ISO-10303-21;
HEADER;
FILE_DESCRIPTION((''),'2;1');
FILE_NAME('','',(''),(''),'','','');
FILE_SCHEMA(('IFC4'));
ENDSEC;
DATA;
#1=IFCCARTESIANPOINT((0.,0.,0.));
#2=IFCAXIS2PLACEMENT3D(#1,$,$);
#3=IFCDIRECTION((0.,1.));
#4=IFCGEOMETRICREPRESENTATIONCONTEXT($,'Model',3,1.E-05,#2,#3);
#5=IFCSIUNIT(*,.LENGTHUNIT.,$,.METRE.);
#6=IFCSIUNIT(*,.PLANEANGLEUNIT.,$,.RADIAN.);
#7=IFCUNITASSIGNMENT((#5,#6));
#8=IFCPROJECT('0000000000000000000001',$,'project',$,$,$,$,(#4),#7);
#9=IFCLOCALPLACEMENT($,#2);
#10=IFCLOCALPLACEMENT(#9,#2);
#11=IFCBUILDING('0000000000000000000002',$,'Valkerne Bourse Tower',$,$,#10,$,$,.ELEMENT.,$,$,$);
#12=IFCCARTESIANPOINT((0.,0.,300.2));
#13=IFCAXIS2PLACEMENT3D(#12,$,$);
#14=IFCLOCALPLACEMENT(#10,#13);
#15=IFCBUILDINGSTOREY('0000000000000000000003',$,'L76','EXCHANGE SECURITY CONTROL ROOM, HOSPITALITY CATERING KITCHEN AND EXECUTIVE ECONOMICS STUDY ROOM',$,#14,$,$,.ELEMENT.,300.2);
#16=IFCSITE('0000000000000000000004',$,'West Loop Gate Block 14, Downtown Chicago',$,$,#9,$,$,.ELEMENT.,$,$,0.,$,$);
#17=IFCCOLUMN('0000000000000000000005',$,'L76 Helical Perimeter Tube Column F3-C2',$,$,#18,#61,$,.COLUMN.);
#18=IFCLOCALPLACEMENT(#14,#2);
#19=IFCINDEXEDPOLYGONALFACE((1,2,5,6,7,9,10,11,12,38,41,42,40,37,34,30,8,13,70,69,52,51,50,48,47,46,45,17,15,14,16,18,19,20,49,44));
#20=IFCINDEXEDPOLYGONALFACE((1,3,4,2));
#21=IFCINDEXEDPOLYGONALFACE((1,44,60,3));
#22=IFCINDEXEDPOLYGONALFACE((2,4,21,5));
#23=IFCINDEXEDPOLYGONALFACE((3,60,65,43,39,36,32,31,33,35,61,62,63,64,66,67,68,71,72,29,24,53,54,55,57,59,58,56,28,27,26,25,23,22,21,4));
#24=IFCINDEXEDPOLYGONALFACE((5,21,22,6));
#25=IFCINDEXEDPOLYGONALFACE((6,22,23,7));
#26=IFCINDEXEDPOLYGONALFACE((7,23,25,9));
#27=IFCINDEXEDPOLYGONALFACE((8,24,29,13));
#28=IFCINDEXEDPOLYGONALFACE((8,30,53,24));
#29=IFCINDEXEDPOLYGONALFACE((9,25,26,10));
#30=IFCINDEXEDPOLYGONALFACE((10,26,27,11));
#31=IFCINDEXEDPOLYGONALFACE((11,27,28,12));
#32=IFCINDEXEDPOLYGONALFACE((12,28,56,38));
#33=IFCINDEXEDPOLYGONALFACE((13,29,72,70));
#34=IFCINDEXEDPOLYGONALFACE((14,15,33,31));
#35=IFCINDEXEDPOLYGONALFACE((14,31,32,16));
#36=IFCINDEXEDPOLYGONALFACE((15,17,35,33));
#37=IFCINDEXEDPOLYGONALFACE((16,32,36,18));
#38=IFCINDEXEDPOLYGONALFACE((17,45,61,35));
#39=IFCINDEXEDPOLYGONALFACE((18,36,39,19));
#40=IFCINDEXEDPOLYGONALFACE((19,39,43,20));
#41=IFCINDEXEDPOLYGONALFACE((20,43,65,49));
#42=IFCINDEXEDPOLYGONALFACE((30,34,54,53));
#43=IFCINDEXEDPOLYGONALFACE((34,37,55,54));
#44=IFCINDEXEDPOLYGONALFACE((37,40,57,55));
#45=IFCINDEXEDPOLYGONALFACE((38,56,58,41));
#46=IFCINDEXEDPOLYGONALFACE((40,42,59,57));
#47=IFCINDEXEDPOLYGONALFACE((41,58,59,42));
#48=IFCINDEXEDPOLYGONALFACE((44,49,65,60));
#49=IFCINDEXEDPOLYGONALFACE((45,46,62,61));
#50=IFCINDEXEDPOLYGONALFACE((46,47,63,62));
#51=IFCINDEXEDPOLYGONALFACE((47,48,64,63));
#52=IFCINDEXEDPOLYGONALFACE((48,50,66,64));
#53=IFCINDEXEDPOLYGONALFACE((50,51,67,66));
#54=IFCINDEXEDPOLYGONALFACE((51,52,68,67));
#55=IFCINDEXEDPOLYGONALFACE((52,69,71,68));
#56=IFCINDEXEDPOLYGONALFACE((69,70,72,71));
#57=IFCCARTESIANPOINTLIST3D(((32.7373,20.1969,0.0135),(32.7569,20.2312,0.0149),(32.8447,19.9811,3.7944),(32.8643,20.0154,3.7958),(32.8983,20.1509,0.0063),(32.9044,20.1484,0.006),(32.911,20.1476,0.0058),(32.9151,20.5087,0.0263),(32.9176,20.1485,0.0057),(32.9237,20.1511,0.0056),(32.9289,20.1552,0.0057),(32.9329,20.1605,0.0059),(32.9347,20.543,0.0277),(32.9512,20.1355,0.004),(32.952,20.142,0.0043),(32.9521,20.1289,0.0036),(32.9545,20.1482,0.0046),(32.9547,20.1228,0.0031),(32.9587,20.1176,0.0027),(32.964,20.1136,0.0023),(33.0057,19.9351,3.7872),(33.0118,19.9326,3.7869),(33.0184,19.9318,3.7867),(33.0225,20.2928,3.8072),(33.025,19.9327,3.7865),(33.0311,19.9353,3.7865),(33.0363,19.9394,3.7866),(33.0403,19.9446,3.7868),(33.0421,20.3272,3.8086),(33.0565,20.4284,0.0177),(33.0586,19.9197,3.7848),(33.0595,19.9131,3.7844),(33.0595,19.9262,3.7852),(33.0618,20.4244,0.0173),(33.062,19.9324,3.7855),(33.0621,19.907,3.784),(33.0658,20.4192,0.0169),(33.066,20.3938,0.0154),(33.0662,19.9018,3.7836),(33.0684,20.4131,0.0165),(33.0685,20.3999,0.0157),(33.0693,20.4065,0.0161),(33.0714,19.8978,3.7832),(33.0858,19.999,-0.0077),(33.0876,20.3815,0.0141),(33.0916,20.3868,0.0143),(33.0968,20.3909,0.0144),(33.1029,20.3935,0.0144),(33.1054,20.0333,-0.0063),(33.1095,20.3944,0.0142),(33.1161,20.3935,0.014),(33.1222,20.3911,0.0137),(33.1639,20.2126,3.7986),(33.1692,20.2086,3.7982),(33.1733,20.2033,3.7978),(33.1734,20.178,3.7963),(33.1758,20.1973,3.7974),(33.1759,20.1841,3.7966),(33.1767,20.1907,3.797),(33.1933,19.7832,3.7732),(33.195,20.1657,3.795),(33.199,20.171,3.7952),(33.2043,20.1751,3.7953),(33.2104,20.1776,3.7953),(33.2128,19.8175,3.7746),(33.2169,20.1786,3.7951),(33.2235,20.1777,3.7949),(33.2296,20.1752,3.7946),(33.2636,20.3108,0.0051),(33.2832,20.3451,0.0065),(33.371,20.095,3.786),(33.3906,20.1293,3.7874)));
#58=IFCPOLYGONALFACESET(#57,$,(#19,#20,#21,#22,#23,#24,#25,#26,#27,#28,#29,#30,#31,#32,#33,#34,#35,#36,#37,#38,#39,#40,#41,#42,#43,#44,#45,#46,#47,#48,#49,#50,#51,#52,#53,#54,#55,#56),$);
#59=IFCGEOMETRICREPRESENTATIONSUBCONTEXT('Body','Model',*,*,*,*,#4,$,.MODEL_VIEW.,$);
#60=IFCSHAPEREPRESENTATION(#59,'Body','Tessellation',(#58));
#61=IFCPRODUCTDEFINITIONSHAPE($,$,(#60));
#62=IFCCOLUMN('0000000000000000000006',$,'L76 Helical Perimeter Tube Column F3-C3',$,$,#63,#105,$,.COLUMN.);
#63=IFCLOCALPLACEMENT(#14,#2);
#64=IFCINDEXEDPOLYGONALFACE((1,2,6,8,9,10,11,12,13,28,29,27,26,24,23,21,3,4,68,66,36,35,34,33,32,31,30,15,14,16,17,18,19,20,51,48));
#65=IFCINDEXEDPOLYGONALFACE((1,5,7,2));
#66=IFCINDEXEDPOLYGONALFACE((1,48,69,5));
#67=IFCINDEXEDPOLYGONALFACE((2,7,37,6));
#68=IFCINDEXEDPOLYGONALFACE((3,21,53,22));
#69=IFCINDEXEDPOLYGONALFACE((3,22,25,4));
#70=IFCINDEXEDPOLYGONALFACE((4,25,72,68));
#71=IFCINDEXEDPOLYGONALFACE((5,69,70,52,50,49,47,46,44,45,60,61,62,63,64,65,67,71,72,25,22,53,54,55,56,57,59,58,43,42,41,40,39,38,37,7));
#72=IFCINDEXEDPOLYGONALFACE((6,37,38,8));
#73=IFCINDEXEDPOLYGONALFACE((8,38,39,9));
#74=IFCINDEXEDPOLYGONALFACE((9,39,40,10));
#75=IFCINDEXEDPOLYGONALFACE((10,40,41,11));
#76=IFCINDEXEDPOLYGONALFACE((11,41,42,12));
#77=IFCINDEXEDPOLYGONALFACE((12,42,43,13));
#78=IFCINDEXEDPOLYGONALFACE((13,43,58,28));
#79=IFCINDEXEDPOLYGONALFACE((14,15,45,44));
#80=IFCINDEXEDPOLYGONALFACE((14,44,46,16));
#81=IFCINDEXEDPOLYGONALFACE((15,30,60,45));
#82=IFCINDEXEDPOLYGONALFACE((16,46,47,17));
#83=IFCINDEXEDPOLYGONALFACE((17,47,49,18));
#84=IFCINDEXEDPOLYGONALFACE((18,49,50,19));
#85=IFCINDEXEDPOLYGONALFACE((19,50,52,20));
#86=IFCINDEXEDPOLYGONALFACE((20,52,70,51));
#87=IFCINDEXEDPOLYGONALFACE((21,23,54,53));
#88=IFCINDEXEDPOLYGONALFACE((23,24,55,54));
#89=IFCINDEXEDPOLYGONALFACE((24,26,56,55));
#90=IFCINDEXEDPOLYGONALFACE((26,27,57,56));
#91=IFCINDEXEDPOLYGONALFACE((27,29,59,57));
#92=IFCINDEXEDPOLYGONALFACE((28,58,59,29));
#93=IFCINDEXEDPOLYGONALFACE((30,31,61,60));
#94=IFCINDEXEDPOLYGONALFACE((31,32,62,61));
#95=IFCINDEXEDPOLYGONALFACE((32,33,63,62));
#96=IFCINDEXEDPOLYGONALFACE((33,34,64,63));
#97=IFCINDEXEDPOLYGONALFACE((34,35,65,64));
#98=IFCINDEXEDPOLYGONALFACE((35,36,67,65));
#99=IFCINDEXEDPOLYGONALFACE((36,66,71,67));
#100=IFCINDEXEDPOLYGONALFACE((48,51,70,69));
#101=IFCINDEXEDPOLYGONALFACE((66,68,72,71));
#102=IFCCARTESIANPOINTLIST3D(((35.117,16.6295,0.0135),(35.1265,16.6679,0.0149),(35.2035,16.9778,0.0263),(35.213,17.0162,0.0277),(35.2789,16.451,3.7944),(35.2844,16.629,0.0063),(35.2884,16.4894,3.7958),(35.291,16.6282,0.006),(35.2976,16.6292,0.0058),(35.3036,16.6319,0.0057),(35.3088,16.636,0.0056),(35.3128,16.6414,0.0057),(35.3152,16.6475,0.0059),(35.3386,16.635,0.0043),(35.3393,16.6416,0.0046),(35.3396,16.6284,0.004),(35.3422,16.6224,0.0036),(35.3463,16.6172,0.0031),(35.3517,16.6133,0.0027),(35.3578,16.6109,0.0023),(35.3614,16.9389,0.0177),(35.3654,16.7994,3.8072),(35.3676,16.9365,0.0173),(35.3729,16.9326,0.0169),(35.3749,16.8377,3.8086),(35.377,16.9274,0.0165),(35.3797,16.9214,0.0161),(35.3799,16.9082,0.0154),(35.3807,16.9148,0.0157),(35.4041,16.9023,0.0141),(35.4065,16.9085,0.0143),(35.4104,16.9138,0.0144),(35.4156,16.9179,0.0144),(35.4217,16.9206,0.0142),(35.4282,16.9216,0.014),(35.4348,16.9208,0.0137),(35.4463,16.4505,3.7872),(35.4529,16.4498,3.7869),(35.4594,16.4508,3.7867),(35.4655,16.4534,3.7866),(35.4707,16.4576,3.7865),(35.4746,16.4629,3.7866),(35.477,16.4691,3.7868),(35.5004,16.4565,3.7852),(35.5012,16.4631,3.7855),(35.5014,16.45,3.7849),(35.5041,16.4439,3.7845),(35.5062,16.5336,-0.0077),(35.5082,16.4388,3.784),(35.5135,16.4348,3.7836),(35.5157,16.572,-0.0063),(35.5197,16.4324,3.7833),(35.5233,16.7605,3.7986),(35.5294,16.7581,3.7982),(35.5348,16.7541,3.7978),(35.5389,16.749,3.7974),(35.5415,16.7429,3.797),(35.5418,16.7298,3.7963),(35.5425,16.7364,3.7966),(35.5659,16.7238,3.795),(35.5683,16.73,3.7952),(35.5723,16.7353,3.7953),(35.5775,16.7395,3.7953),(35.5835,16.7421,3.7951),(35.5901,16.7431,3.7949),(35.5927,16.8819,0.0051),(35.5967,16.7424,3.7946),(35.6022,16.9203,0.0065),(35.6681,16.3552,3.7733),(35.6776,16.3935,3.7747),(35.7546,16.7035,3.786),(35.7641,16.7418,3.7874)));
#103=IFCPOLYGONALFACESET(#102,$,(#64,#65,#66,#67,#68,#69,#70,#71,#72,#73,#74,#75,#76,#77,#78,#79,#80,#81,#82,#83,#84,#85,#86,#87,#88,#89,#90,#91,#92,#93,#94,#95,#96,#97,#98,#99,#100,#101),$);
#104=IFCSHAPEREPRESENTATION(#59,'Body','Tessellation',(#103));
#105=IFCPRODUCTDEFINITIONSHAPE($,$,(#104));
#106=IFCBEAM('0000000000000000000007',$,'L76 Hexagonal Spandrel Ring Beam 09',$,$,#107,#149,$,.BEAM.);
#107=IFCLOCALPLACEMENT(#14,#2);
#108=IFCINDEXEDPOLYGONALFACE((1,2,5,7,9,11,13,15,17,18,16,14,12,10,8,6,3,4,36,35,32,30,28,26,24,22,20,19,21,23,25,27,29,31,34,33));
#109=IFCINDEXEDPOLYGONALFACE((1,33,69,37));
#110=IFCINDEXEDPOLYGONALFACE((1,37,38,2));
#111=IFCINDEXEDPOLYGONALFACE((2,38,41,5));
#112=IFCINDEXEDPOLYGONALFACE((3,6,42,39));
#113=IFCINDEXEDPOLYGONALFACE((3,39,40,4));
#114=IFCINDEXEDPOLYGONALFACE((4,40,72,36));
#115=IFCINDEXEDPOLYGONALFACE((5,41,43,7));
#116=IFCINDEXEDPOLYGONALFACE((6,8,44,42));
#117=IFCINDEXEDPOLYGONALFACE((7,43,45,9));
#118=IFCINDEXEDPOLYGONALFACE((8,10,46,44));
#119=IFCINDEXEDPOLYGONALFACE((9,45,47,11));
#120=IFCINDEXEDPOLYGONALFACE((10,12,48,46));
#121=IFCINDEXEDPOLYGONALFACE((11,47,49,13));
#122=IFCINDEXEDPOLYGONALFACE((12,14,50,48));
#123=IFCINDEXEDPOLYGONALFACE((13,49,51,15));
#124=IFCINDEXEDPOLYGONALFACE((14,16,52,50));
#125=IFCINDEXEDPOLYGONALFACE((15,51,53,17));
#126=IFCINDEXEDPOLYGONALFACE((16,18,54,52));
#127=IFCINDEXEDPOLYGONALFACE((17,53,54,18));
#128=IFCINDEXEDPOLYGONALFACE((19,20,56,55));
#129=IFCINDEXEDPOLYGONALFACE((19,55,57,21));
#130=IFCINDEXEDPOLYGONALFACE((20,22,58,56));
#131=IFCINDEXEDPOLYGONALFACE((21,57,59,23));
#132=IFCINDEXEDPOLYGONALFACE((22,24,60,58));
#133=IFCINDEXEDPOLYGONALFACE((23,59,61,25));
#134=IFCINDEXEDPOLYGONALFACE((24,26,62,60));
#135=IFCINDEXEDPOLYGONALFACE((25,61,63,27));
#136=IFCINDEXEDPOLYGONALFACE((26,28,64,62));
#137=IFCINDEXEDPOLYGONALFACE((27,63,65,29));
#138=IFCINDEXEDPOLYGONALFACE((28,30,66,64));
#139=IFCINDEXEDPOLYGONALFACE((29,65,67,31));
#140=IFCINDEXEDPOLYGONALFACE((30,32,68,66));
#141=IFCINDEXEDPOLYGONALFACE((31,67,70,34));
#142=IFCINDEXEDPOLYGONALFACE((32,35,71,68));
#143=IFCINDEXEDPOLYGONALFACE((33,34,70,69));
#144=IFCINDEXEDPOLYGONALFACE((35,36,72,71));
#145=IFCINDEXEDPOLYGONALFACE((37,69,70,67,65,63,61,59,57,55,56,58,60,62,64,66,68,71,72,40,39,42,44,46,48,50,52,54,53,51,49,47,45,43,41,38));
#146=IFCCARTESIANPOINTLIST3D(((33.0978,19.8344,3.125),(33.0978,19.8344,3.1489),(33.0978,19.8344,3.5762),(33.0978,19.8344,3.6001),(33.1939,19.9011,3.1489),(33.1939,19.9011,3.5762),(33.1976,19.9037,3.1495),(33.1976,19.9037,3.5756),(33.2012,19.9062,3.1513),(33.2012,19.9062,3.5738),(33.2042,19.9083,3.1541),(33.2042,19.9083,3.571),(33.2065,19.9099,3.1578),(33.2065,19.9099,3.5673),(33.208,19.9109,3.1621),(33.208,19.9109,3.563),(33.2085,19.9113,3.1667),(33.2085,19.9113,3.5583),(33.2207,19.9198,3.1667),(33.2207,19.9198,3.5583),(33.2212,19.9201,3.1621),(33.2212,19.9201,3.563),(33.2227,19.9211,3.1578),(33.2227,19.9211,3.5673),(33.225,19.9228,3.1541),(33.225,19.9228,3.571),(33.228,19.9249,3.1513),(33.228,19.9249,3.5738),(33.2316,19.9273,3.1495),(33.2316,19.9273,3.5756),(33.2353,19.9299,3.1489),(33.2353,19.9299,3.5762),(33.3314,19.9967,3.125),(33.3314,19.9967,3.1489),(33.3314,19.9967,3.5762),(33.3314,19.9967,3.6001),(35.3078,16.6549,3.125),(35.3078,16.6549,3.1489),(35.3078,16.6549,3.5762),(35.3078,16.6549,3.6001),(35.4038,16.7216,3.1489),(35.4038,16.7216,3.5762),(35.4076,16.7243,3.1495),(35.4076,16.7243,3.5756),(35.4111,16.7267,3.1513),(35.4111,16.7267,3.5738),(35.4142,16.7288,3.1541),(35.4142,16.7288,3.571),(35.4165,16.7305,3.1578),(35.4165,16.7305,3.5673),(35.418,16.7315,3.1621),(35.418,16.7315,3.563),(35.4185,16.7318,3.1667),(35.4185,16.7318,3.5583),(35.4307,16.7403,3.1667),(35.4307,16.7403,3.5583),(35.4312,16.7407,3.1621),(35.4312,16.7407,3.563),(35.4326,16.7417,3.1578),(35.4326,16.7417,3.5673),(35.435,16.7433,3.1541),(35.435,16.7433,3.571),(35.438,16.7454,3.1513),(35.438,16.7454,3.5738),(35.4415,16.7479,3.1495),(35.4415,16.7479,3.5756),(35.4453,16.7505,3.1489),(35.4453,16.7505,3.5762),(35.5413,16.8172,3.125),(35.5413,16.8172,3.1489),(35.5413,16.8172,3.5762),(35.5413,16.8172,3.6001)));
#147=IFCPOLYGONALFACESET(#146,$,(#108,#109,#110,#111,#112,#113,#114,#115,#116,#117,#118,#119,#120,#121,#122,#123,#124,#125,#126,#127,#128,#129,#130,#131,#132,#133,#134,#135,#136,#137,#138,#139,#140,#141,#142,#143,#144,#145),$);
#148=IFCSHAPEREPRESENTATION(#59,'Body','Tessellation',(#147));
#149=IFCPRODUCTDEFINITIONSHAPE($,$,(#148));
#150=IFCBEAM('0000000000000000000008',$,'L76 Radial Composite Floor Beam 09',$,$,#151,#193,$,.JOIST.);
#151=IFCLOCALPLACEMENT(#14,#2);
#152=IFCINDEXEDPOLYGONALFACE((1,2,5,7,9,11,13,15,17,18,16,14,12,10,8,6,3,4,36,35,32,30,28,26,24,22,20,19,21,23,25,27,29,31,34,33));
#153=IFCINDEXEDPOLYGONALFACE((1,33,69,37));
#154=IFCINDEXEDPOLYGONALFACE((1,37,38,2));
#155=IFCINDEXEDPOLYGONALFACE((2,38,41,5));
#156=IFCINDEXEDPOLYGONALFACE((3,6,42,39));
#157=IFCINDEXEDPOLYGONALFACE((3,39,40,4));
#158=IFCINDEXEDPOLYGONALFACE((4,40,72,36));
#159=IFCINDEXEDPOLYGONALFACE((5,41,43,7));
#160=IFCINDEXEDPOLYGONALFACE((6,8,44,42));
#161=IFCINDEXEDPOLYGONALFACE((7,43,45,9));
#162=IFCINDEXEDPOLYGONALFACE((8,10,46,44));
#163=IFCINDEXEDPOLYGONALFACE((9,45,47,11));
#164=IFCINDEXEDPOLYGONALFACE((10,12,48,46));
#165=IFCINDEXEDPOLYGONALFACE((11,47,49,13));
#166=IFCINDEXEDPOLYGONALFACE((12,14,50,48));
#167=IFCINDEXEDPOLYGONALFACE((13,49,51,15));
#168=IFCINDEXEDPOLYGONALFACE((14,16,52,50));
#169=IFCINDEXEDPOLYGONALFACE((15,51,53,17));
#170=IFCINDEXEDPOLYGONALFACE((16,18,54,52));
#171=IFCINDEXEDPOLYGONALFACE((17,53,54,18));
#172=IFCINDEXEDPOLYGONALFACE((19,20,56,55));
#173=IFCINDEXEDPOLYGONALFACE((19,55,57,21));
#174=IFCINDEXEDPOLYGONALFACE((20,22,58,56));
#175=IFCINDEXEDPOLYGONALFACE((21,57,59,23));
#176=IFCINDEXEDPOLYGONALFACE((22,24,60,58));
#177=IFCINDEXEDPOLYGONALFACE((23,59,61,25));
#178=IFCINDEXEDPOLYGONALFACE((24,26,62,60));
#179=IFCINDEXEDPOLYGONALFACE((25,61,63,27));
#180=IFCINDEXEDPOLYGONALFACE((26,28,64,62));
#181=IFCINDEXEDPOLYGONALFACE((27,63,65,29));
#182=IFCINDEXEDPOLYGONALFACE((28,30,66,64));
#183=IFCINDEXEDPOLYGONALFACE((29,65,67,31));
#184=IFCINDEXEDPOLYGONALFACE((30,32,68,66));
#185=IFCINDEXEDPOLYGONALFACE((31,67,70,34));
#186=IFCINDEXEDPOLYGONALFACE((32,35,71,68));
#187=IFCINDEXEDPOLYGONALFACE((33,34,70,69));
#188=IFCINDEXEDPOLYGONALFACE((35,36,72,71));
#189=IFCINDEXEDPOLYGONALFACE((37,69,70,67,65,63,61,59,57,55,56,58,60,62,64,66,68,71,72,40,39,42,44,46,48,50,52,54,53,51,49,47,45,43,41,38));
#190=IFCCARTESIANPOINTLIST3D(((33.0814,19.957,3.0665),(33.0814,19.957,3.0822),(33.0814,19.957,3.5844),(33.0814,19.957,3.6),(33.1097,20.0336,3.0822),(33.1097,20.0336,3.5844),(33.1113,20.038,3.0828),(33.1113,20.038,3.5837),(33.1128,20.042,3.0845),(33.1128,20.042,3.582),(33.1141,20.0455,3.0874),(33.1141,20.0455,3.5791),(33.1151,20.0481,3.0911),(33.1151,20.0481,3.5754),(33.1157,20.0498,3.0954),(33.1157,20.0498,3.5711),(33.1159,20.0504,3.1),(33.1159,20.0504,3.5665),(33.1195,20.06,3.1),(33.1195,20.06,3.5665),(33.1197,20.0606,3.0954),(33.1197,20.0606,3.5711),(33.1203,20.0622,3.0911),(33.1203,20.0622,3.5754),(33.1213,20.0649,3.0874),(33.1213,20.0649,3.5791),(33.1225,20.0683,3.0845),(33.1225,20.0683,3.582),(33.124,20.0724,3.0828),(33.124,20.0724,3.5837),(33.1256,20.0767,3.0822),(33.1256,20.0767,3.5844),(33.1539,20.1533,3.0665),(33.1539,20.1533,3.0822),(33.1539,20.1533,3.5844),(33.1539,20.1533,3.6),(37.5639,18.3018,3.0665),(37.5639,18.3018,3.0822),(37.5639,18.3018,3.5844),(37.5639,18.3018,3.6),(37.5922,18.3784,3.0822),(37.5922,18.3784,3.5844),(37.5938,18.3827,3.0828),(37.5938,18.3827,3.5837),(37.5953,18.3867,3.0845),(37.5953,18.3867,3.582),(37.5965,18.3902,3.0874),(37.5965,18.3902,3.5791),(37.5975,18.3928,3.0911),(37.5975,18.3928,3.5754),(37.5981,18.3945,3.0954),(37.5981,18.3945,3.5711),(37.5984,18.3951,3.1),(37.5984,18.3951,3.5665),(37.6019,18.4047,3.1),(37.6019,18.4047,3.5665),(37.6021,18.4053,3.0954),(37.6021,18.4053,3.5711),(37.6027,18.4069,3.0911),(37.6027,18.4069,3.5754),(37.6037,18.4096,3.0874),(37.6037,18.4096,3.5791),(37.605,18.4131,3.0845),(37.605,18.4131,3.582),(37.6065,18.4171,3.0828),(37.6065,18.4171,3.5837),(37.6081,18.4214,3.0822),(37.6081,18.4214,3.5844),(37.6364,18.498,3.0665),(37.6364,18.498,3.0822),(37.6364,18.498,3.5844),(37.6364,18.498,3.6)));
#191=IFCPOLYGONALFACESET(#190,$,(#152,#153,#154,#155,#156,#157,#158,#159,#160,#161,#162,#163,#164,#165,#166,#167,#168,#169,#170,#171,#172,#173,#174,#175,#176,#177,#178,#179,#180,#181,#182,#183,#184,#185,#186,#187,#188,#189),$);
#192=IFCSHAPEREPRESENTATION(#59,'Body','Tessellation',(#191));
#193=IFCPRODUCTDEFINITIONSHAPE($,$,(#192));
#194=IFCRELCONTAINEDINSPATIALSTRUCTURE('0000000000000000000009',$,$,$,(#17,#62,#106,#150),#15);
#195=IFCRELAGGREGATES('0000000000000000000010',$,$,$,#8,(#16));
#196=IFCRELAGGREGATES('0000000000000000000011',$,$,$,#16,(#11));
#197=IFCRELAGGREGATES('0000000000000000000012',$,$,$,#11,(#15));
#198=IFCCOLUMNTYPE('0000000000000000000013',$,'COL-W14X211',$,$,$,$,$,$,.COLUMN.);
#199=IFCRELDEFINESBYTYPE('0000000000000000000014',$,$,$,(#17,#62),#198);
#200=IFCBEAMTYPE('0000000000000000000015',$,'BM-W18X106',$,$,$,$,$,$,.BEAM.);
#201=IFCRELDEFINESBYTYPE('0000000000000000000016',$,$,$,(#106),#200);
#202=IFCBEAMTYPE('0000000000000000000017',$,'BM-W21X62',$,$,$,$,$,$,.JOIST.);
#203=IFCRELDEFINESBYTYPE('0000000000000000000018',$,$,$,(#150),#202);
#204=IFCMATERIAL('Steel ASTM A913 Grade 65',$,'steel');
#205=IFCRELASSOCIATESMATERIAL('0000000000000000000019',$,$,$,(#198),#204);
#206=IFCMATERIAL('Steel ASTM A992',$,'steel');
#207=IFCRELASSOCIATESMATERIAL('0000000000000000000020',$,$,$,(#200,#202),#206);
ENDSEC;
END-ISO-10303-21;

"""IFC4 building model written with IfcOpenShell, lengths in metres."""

from ifc_helpers import new_model, si_unit, direction, frame, origin, origin_2d, place, context, subcontext, project, spatial, i_section, extrude, material, material_profile, profile_set, type_object, element, save


model = new_model("IFC4")

# Units and contexts
model_context = context("Model", 3, precision=1e-05, world=origin(), true_north=direction((0.0, 1.0)))
body_context = subcontext(model_context, "Body", "Model", "MODEL_VIEW")
ifc_project = project(units=[si_unit("LENGTHUNIT", "METRE"), si_unit("PLANEANGLEUNIT", "RADIAN")], contexts=[model_context])

# Site, building, storey
site_placement = place(None, origin())
site = spatial("IfcSite", under=ifc_project, at=site_placement, Name="West Loop Gate Block 14, Downtown Chicago", CompositionType="ELEMENT", RefElevation=0.0)
building_placement = place(site_placement, origin())
building = spatial("IfcBuilding", under=site, at=building_placement, Name="Valkerne Bourse Tower", CompositionType="ELEMENT")
storey_placement = place(building_placement, frame((0.0, 0.0, 300.2)))
storey = spatial("IfcBuildingStorey", under=building, at=storey_placement, Name="L76", Description="EXCHANGE SECURITY CONTROL ROOM, HOSPITALITY CATERING KITCHEN AND EXECUTIVE ECONOMICS STUDY ROOM", CompositionType="ELEMENT", Elevation=300.2)

# Columns
ifc_material_1 = material(Name="Steel ASTM A913 Grade 65", Category="steel")
ifc_material_profile_1 = material_profile(ifc_material_1, i_section(OverallWidth=0.4014, OverallDepth=0.3987, WebThickness=0.0249, FlangeThickness=0.0396, FilletRadius=0.0254, at=origin_2d()), Name="W14X211")
ifc_profile_set_1 = profile_set([ifc_material_profile_1], Name="Steel ASTM A913 Grade 65")
column_type = type_object("IfcColumnType", Name="COL-W14X211", PredefinedType="COLUMN", material=ifc_profile_set_1)
for number, where, z_axis, x_axis, name in (
    (1, (33.0103, 20.271, 0.01), (0.028353, -0.056964, 0.997974), (0.868411, -0.493024, -0.052814), "L76 Helical Perimeter Tube Column F3-C2"),
    (2, (35.3596, 16.7749, 0.01), (0.042723, -0.047105, 0.997976), (0.969618, -0.23886, -0.052784), "L76 Helical Perimeter Tube Column F3-C3"),
):
    element("IfcColumn", number, at=place(storey_placement, frame(where, z_axis=z_axis, x_axis=x_axis)), inside=storey, type_object=column_type, Name=name, PredefinedType="COLUMN", context=body_context, shape_type="SweptSolid", body=[
        extrude(i_section(OverallWidth=0.4014, OverallDepth=0.3987, WebThickness=0.0249, FlangeThickness=0.0396, FilletRadius=0.0254, at=origin_2d()), origin(), (0.0, 0.0, 1.0), 3.7886),
    ])

# Beams
ifc_material_2 = material(Name="Steel ASTM A992", Category="steel")
ifc_material_profile_2 = material_profile(ifc_material_2, i_section(OverallWidth=0.2844, OverallDepth=0.4751, WebThickness=0.0149, FlangeThickness=0.0239, FilletRadius=0.0178, at=origin_2d()), Name="W18X106")
ifc_profile_set_2 = profile_set([ifc_material_profile_2], Name="Steel ASTM A992")
beam_type_1 = type_object("IfcBeamType", Name="BM-W18X106", PredefinedType="BEAM", material=ifc_profile_set_2)
beam_1_placement = place(storey_placement, frame((33.2146, 19.9155, 3.3625), z_axis=(0.570747, -0.821126, 0.0), x_axis=(0.821126, 0.570747, 0.0)))
element("IfcBeam", 3, at=beam_1_placement, inside=storey, type_object=beam_type_1, Name="L76 Hexagonal Spandrel Ring Beam 09", PredefinedType="BEAM", context=body_context, shape_type="SweptSolid", body=[
    extrude(i_section(OverallWidth=0.2844, OverallDepth=0.4751, WebThickness=0.0149, FlangeThickness=0.0239, FilletRadius=0.0178, at=origin_2d()), origin(), (0.0, 0.0, 1.0), 3.8721),
])
ifc_material_profile_3 = material_profile(ifc_material_2, i_section(OverallWidth=0.2092, OverallDepth=0.5334, WebThickness=0.0103, FlangeThickness=0.0156, FilletRadius=0.0178, at=origin_2d()), Name="W21X62")
ifc_profile_set_3 = profile_set([ifc_material_profile_3], Name="Steel ASTM A992")
beam_type_2 = type_object("IfcBeamType", Name="BM-W21X62", PredefinedType="JOIST", material=ifc_profile_set_3)
beam_2_placement = place(storey_placement, frame((33.1177, 20.0552, 3.3333), z_axis=(0.938081, -0.346416, 0.0), x_axis=(0.346416, 0.938081, 0.0)))
element("IfcBeam", 4, at=beam_2_placement, inside=storey, type_object=beam_type_2, Name="L76 Radial Composite Floor Beam 09", PredefinedType="JOIST", context=body_context, shape_type="SweptSolid", body=[
    extrude(i_section(OverallWidth=0.2092, OverallDepth=0.5334, WebThickness=0.0103, FlangeThickness=0.0156, FilletRadius=0.0178, at=origin_2d()), origin(), (0.0, 0.0, 1.0), 4.7783),
])

save(model, "model.ifc")
